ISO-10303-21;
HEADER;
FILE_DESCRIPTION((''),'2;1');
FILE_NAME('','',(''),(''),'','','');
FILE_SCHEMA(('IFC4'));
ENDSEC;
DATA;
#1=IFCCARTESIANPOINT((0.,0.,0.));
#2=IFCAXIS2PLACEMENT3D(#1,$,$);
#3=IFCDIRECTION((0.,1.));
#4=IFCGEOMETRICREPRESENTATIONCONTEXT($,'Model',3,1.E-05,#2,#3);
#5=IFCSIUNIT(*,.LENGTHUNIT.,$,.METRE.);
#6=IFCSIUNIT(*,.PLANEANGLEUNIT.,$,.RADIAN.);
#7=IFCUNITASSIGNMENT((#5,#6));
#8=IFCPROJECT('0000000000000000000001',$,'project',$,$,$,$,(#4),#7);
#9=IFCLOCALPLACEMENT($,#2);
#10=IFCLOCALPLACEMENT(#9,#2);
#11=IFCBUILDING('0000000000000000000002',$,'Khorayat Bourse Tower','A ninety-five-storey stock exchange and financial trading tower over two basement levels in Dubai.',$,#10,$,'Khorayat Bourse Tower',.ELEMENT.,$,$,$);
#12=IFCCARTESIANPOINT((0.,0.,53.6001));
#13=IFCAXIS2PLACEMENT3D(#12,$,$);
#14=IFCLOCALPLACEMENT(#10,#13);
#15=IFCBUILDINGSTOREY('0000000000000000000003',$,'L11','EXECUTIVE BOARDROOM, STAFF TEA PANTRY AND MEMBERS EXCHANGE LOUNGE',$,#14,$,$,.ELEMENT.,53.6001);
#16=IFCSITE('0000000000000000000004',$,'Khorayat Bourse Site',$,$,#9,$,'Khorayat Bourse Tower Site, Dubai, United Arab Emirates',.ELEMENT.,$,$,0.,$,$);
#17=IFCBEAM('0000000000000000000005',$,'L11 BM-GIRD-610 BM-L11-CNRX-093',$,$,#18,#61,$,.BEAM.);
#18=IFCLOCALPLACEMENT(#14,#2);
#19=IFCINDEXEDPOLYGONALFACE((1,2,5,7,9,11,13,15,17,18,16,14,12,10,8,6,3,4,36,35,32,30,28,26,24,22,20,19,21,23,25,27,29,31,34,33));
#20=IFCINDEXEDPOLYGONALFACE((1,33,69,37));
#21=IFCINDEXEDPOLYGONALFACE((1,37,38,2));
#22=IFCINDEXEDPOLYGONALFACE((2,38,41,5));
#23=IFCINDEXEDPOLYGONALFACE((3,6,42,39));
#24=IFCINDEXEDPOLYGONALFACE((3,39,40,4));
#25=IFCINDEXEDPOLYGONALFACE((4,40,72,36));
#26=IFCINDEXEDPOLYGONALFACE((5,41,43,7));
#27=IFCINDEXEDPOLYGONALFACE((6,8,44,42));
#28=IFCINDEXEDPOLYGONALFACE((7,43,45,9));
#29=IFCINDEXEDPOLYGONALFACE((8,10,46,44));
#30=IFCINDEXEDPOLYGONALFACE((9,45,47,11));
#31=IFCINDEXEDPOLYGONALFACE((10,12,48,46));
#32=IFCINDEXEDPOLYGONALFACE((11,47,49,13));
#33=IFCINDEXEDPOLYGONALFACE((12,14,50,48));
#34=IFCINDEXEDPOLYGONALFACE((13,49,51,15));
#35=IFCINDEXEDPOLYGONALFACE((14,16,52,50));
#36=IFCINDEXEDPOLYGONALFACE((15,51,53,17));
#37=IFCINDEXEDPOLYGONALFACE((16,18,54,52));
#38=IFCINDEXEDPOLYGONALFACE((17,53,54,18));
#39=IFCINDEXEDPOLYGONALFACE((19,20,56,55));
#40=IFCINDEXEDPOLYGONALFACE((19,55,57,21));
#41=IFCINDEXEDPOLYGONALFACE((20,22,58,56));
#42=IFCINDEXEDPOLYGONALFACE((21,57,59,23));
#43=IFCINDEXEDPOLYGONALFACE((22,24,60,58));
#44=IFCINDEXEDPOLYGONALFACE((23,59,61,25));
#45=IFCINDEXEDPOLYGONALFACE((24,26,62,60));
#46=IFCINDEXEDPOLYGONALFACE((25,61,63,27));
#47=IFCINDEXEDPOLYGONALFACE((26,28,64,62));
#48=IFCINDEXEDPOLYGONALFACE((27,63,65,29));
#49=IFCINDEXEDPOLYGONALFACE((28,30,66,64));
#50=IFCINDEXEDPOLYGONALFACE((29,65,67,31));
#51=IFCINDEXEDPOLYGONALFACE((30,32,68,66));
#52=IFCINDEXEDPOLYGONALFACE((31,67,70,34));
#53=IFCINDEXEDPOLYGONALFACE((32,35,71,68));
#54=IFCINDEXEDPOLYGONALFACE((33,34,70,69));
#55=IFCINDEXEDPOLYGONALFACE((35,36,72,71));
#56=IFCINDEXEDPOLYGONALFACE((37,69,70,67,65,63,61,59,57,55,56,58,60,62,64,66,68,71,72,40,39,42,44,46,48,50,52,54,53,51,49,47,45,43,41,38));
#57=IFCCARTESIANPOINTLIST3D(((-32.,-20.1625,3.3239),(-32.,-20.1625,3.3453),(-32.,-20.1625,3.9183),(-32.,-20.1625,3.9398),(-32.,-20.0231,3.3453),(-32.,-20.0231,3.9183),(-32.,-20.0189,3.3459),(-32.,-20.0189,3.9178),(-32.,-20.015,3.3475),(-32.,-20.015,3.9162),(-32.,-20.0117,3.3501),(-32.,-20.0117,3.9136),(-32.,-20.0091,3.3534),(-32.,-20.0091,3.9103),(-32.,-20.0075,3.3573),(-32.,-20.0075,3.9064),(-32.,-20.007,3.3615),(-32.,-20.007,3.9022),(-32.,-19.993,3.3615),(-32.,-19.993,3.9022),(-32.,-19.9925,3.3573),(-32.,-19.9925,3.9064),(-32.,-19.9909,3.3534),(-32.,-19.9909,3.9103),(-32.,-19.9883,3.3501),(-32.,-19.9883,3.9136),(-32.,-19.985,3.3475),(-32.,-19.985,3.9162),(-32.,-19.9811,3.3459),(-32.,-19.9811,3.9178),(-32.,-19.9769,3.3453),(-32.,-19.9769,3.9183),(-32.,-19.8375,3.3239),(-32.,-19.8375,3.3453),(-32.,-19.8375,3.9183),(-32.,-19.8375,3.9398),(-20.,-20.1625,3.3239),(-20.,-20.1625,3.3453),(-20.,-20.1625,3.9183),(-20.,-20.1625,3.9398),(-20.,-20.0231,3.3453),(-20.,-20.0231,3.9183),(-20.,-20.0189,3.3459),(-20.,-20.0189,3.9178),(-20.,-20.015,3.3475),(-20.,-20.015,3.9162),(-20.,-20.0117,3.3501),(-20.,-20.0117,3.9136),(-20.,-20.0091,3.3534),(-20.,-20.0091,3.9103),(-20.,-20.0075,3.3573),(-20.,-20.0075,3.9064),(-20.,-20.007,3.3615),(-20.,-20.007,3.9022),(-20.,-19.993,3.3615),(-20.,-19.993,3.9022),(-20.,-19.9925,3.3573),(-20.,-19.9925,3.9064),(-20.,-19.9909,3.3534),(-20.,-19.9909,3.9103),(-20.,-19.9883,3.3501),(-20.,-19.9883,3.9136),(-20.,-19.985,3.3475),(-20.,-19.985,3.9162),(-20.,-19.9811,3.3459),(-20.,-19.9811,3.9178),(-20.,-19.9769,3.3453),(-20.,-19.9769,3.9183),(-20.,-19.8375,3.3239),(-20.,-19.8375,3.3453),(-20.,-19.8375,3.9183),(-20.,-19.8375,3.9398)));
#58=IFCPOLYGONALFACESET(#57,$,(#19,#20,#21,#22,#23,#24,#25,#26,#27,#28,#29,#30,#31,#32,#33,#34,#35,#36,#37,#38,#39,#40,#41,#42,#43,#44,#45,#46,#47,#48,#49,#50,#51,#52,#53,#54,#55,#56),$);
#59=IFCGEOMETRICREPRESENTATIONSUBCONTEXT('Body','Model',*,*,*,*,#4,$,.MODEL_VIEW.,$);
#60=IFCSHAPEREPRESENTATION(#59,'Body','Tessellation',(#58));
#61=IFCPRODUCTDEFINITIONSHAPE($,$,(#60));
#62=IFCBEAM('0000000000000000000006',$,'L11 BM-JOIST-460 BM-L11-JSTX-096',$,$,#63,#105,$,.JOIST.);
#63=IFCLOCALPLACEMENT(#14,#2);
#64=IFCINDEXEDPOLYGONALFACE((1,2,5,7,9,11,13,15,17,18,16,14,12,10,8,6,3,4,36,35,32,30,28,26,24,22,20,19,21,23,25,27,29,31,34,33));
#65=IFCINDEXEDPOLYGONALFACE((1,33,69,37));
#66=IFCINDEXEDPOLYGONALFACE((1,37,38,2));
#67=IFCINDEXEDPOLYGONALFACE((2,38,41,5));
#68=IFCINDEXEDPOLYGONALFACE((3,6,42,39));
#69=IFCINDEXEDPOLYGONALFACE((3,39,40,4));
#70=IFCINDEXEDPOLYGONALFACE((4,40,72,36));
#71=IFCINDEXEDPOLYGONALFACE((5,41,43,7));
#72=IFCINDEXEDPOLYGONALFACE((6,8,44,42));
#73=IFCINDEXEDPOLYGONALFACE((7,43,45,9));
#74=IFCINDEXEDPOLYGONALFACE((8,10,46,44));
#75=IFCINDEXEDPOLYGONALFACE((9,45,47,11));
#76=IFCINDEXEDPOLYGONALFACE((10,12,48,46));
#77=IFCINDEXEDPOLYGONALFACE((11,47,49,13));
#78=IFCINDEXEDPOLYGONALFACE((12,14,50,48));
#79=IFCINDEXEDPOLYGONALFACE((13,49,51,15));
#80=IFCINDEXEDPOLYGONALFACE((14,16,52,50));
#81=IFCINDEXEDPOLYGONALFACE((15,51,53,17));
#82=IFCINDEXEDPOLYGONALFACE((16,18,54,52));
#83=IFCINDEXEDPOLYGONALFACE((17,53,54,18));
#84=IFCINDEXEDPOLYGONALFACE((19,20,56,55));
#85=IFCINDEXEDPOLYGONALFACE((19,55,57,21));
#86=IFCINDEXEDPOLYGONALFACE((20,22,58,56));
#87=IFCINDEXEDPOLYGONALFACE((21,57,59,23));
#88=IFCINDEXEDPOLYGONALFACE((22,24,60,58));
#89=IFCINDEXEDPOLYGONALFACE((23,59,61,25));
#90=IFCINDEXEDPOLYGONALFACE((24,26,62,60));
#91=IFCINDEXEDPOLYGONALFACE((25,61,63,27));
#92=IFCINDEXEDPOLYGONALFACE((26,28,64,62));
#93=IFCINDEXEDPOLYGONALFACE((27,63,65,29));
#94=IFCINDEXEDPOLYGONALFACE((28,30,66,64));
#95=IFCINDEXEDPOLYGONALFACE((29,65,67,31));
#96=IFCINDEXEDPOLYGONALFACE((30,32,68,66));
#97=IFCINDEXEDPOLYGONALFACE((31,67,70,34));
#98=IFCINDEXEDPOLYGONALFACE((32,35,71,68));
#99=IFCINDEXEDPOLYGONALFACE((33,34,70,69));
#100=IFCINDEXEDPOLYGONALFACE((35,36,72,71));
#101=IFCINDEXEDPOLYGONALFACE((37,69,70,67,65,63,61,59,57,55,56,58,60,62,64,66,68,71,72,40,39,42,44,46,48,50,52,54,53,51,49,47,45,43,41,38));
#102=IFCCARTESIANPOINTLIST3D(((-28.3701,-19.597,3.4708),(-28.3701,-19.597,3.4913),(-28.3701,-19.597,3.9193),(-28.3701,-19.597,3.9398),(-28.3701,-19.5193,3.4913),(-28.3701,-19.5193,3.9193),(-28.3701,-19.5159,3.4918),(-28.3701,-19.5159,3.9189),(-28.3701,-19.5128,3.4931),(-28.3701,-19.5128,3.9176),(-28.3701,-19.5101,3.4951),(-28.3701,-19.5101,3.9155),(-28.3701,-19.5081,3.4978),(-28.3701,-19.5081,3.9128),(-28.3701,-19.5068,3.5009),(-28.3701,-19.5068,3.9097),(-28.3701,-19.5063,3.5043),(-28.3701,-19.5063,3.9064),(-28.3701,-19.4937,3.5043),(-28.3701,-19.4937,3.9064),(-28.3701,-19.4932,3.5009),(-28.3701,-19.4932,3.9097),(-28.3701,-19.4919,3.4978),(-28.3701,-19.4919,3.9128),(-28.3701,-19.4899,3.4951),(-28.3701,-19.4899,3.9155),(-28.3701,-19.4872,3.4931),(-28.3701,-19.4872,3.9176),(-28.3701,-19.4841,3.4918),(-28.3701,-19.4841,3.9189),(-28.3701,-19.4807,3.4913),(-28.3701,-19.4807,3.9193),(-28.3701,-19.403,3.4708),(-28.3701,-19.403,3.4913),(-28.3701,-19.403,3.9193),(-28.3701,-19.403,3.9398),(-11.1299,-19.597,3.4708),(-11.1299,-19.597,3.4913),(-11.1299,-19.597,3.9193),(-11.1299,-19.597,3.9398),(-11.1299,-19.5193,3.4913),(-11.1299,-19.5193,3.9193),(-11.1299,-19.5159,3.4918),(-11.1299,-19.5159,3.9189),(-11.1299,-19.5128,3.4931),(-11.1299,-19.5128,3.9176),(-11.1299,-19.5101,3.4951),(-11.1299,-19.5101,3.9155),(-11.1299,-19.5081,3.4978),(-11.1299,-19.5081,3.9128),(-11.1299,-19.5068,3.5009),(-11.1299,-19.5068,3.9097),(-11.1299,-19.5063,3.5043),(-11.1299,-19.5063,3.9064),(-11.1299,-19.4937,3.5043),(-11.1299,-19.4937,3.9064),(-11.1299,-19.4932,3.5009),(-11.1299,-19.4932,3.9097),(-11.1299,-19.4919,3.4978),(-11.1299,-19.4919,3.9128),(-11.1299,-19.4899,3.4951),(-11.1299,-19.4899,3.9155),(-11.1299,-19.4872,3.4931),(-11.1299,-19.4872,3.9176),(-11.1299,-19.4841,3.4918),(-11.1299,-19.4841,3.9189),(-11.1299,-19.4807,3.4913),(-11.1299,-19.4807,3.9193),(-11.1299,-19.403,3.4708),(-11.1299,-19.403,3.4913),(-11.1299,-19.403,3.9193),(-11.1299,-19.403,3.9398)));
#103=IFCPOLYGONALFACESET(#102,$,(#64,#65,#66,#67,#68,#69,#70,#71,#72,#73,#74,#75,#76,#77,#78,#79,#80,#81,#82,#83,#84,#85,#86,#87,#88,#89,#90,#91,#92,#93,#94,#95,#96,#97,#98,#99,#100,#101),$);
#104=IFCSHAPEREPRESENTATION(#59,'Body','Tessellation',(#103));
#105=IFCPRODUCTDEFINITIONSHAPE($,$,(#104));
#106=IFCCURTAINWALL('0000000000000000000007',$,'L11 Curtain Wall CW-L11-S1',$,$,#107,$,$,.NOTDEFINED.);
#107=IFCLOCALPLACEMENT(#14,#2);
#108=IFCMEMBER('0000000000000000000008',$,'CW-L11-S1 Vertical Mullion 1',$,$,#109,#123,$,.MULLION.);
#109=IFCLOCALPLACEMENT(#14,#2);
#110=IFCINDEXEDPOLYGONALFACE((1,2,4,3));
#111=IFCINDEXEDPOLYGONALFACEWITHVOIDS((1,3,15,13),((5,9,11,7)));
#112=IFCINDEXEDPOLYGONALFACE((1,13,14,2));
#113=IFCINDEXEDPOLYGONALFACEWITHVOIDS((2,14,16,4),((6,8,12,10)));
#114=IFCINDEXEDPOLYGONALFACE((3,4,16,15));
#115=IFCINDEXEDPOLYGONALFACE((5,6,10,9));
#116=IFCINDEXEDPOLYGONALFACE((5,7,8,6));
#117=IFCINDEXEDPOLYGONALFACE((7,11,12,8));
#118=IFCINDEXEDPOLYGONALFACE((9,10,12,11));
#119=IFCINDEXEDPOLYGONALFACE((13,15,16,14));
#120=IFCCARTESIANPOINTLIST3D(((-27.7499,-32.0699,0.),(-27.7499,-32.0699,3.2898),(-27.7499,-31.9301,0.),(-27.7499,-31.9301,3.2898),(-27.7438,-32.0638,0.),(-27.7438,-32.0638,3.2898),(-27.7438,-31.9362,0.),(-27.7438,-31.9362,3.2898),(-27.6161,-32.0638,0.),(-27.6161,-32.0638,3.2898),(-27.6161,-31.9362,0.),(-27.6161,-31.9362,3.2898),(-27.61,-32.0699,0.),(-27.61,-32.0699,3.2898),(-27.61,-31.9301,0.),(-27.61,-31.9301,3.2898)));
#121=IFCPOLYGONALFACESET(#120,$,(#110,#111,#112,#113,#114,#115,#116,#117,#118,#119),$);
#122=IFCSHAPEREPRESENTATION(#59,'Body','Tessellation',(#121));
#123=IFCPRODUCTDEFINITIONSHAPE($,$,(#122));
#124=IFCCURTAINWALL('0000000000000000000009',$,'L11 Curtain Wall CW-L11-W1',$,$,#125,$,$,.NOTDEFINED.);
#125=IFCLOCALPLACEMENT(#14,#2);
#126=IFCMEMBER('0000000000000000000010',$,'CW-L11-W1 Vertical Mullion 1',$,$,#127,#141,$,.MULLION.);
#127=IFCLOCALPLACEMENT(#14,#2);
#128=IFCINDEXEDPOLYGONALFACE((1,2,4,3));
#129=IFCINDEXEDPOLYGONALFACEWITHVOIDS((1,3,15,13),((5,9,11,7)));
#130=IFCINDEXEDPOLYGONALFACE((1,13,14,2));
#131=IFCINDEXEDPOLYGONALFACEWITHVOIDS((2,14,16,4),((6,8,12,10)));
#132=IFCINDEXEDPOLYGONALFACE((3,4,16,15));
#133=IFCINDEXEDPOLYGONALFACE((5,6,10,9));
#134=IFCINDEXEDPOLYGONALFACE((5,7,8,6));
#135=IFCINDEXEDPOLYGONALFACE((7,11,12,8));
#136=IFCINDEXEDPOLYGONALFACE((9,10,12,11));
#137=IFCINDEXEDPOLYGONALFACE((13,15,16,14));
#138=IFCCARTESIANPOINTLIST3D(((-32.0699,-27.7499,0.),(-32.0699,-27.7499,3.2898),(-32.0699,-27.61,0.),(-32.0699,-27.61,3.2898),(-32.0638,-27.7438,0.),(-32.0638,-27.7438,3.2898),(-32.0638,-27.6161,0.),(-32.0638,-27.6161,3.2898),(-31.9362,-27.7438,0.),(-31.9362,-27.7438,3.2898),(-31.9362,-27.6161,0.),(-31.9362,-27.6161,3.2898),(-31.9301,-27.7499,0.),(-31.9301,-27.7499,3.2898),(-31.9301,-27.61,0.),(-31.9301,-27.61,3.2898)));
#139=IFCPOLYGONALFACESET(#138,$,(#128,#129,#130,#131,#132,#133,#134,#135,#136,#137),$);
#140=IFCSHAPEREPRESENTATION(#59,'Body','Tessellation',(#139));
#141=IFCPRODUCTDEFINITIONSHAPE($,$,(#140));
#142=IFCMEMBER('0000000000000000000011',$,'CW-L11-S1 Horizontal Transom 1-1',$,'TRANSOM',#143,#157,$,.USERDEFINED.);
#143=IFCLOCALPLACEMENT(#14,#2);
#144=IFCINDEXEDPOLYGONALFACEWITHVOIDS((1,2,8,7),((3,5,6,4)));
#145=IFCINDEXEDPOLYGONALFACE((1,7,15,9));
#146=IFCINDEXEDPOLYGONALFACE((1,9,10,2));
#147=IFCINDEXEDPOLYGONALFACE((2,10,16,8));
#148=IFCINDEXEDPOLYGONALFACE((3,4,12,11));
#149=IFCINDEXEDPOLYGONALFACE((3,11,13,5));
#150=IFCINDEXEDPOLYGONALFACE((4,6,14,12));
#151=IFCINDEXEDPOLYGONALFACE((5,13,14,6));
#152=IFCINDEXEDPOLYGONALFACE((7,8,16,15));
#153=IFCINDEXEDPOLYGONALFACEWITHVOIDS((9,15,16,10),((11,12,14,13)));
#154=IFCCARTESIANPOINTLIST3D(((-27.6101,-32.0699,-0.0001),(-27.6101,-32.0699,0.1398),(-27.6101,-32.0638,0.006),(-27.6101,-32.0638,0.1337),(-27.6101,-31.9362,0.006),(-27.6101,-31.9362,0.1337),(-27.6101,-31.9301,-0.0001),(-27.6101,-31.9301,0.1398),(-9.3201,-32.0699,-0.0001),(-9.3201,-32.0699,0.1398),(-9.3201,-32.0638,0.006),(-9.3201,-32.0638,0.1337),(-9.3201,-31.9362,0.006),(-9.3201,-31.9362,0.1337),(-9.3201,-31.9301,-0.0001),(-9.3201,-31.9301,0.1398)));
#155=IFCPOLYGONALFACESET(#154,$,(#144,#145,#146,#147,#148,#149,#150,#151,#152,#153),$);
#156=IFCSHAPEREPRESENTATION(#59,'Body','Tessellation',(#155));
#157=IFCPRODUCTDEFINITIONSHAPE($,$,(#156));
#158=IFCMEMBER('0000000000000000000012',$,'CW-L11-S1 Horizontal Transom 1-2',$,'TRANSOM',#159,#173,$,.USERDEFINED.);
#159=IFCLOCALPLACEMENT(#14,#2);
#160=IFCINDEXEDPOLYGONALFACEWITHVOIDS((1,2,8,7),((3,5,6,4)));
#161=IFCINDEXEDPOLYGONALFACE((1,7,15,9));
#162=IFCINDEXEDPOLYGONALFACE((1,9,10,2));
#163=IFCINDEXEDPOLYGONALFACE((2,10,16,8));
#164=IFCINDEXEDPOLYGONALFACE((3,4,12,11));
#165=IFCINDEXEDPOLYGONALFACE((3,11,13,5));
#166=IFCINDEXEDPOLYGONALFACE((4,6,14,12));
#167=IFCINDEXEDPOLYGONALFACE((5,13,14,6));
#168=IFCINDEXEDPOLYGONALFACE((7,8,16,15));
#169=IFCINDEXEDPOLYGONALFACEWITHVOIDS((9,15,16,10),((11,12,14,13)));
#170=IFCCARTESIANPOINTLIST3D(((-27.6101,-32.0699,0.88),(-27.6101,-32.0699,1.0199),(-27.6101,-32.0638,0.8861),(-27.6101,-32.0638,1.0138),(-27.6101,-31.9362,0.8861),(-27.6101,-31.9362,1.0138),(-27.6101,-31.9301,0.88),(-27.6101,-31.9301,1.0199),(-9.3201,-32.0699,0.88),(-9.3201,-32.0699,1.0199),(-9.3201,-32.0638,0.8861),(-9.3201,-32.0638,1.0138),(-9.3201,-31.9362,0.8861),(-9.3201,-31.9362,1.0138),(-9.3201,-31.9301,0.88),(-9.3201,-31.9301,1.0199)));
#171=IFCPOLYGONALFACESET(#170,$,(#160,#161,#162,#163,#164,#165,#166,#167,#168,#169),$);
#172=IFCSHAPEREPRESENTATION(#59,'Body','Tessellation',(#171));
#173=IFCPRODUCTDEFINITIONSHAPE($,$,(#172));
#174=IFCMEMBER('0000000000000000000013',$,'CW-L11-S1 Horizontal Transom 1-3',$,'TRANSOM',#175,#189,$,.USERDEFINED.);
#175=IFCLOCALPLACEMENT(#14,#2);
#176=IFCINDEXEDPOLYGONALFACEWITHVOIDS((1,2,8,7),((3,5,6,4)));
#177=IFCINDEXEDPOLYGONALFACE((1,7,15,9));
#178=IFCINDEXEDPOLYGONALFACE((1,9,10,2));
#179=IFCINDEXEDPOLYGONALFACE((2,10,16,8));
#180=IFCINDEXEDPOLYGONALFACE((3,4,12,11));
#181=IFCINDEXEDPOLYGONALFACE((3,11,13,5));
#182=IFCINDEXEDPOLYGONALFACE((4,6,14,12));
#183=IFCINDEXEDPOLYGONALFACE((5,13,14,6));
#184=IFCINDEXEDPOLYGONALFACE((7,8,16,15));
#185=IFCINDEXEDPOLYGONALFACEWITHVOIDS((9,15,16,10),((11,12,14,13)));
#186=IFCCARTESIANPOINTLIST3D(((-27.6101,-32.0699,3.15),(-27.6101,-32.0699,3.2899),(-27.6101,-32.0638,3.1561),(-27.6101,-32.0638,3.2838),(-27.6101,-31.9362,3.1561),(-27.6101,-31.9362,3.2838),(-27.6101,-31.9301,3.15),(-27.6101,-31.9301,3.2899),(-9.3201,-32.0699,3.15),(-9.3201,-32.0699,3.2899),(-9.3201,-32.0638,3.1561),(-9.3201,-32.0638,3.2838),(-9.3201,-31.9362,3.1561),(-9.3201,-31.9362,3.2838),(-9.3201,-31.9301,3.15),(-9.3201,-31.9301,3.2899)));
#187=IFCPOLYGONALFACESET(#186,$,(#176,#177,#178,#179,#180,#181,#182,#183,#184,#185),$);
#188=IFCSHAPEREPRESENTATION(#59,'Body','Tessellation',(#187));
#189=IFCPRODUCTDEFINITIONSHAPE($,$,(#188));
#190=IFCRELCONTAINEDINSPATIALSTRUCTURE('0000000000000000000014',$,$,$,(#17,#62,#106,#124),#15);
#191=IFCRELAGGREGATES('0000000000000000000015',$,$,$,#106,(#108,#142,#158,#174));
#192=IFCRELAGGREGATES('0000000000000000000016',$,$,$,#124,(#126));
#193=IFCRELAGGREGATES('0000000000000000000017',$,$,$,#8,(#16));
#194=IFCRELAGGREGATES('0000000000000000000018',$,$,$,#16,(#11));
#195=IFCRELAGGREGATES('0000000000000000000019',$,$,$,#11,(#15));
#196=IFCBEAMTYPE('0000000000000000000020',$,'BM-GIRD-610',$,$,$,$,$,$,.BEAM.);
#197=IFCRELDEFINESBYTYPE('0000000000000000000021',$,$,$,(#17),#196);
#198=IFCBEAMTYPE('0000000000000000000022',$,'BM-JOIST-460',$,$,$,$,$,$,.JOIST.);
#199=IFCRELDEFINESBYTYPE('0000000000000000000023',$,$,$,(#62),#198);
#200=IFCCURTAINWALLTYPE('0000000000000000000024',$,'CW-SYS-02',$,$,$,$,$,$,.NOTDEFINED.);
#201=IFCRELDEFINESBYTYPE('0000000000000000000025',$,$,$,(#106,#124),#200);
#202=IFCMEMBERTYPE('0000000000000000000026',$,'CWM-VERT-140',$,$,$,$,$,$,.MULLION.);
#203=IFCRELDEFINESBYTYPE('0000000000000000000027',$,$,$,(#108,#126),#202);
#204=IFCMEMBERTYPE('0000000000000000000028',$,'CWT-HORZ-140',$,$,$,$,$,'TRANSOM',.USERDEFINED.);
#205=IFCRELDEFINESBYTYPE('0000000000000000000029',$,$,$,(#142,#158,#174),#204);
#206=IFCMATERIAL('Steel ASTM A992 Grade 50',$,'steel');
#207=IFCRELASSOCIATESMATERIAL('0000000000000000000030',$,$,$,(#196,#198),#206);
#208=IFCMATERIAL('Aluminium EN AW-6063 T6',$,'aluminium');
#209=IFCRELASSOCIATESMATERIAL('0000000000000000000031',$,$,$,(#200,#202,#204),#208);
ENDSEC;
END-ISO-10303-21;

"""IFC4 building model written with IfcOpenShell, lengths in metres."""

from ifc_helpers import new_model, si_unit, direction, frame, origin, origin_2d, place, context, subcontext, project, spatial, hollow_rectangle, i_section, extrude, source, transform, mapped, material, material_profile, profile_set, type_object, element, aggregate, save


model = new_model("IFC4")

# Units and contexts
model_context = context("Model", 3, precision=1e-05, world=origin(), true_north=direction((0.0, 1.0)))
body_context = subcontext(model_context, "Body", "Model", "MODEL_VIEW")
ifc_project = project(units=[si_unit("LENGTHUNIT", "METRE"), si_unit("PLANEANGLEUNIT", "RADIAN")], contexts=[model_context])

# Site, building, storey
site_placement = place(None, origin())
site = spatial("IfcSite", under=ifc_project, at=site_placement, Name="Khorayat Bourse Site", LongName="Khorayat Bourse Tower Site, Dubai, United Arab Emirates", CompositionType="ELEMENT", RefElevation=0.0)
building_placement = place(site_placement, origin())
building = spatial("IfcBuilding", under=site, at=building_placement, Name="Khorayat Bourse Tower", Description="A ninety-five-storey stock exchange and financial trading tower over two basement levels in Dubai.", LongName="Khorayat Bourse Tower", CompositionType="ELEMENT")
storey_placement = place(building_placement, frame((0.0, 0.0, 53.6001)))
storey = spatial("IfcBuildingStorey", under=building, at=storey_placement, Name="L11", Description="EXECUTIVE BOARDROOM, STAFF TEA PANTRY AND MEMBERS EXCHANGE LOUNGE", CompositionType="ELEMENT", Elevation=53.6001)

# Beams
ifc_material_1 = material(Name="Steel ASTM A992 Grade 50", Category="steel")
ifc_material_profile_1 = material_profile(ifc_material_1, i_section(OverallWidth=0.325, OverallDepth=0.616, WebThickness=0.0139, FlangeThickness=0.0215, FilletRadius=0.0161, at=origin_2d()), Name="W610X174")
ifc_profile_set_1 = profile_set([ifc_material_profile_1], Name="Steel ASTM A992 Grade 50")
beam_type_1 = type_object("IfcBeamType", Name="BM-GIRD-610", PredefinedType="BEAM", material=ifc_profile_set_1)
shared_shape_1 = source(origin(), body_context, "Body", "SweptSolid", [
    extrude(i_section(OverallWidth=0.325, OverallDepth=0.616, WebThickness=0.0139, FlangeThickness=0.0215, FilletRadius=0.0161, at=origin_2d()), origin(), (0.0, 0.0, 1.0), 12.0),
])
beam_1_placement = place(storey_placement, frame((-32.0, -20.0, 3.6318), z_axis=(1.0, 0.0, 0.0), x_axis=(0.0, 1.0, 0.0)))
element("IfcBeam", 1, at=beam_1_placement, inside=storey, type_object=beam_type_1, Name="L11 BM-GIRD-610 BM-L11-CNRX-093", PredefinedType="BEAM", context=body_context, shape_type="MappedRepresentation", body=[
    mapped(shared_shape_1, transform((0.0, 0.0, 0.0), scale=1.0)),
])
ifc_material_profile_2 = material_profile(ifc_material_1, i_section(OverallWidth=0.1941, OverallDepth=0.469, WebThickness=0.0127, FlangeThickness=0.0205, FilletRadius=0.0129, at=origin_2d()), Name="W460X106")
ifc_profile_set_2 = profile_set([ifc_material_profile_2], Name="Steel ASTM A992 Grade 50")
beam_type_2 = type_object("IfcBeamType", Name="BM-JOIST-460", PredefinedType="JOIST", material=ifc_profile_set_2)
shared_shape_2 = source(origin(), body_context, "Body", "SweptSolid", [
    extrude(i_section(OverallWidth=0.1941, OverallDepth=0.469, WebThickness=0.0127, FlangeThickness=0.0205, FilletRadius=0.0129, at=origin_2d()), origin(), (0.0, 0.0, 1.0), 17.2402),
])
beam_2_placement = place(storey_placement, frame((-28.3701, -19.5, 3.7053), z_axis=(1.0, 0.0, 0.0), x_axis=(0.0, 1.0, 0.0)))
element("IfcBeam", 2, at=beam_2_placement, inside=storey, type_object=beam_type_2, Name="L11 BM-JOIST-460 BM-L11-JSTX-096", PredefinedType="JOIST", context=body_context, shape_type="MappedRepresentation", body=[
    mapped(shared_shape_2, transform((0.0, 0.0, 0.0), scale=1.0)),
])

# Curtain walls, members
ifc_material_2 = material(Name="Aluminium EN AW-6063 T6", Category="aluminium")
curtain_wall_type = type_object("IfcCurtainWallType", Name="CW-SYS-02", PredefinedType="NOTDEFINED", material=ifc_material_2)
curtain_wall_1_placement = place(storey_placement, origin())
curtain_wall_1 = element("IfcCurtainWall", 3, at=curtain_wall_1_placement, inside=storey, type_object=curtain_wall_type, Name="L11 Curtain Wall CW-L11-S1", PredefinedType="NOTDEFINED")
ifc_material_profile_3 = material_profile(ifc_material_2, hollow_rectangle(XDim=0.1399, YDim=0.1399, WallThickness=0.0061, at=origin_2d()), Name="ALU 140x140x6")
ifc_profile_set_3 = profile_set([ifc_material_profile_3], Name="Aluminium EN AW-6063 T6")
member_type_1 = type_object("IfcMemberType", Name="CWM-VERT-140", PredefinedType="MULLION", material=ifc_profile_set_3)
shared_shape_3 = source(origin(), body_context, "Body", "SweptSolid", [
    extrude(hollow_rectangle(XDim=0.1399, YDim=0.1399, WallThickness=0.0061, at=origin_2d()), origin(), (0.0, 0.0, 1.0), 3.2898),
])
member_1_placement = place(storey_placement, frame((-27.6799, -32.0, 0.0), z_axis=(0.0, 0.0, 1.0), x_axis=(0.0, 1.0, 0.0)))
member_1 = element("IfcMember", 4, at=member_1_placement, type_object=member_type_1, Name="CW-L11-S1 Vertical Mullion 1", PredefinedType="MULLION", context=body_context, shape_type="MappedRepresentation", body=[
    mapped(shared_shape_3, transform((0.0, 0.0, 0.0), scale=1.0)),
])
curtain_wall_2_placement = place(storey_placement, origin())
curtain_wall_2 = element("IfcCurtainWall", 5, at=curtain_wall_2_placement, inside=storey, type_object=curtain_wall_type, Name="L11 Curtain Wall CW-L11-W1", PredefinedType="NOTDEFINED")
member_2_placement = place(storey_placement, frame((-32.0, -27.6799, 0.0), z_axis=(0.0, 0.0, 1.0), x_axis=(-1.0, 0.0, 0.0)))
member_2 = element("IfcMember", 6, at=member_2_placement, type_object=member_type_1, Name="CW-L11-W1 Vertical Mullion 1", PredefinedType="MULLION", context=body_context, shape_type="MappedRepresentation", body=[
    mapped(shared_shape_3, transform((0.0, 0.0, 0.0), scale=1.0)),
])

# Members
ifc_material_profile_4 = material_profile(ifc_material_2, hollow_rectangle(XDim=0.1399, YDim=0.1399, WallThickness=0.0061, at=origin_2d()), Name="ALU 140x140x6")
ifc_profile_set_4 = profile_set([ifc_material_profile_4], Name="Aluminium EN AW-6063 T6")
member_type_2 = type_object("IfcMemberType", Name="CWT-HORZ-140", ElementType="TRANSOM", PredefinedType="USERDEFINED", material=ifc_profile_set_4)
shared_shape_4 = source(origin(), body_context, "Body", "SweptSolid", [
    extrude(hollow_rectangle(XDim=0.1399, YDim=0.1399, WallThickness=0.0061, at=origin_2d()), origin(), (0.0, 0.0, 1.0), 18.29),
])
member_3_placement = place(storey_placement, frame((-27.6101, -32.0, 0.0698), z_axis=(1.0, 0.0, 0.0), x_axis=(0.0, 1.0, 0.0)))
member_3 = element("IfcMember", 7, at=member_3_placement, type_object=member_type_2, Name="CW-L11-S1 Horizontal Transom 1-1", ObjectType="TRANSOM", PredefinedType="USERDEFINED", context=body_context, shape_type="MappedRepresentation", body=[
    mapped(shared_shape_4, transform((0.0, 0.0, 0.0), scale=1.0)),
])
member_4_placement = place(storey_placement, frame((-27.6101, -32.0, 0.95), z_axis=(1.0, 0.0, 0.0), x_axis=(0.0, 1.0, 0.0)))
member_4 = element("IfcMember", 8, at=member_4_placement, type_object=member_type_2, Name="CW-L11-S1 Horizontal Transom 1-2", ObjectType="TRANSOM", PredefinedType="USERDEFINED", context=body_context, shape_type="MappedRepresentation", body=[
    mapped(shared_shape_4, transform((0.0, 0.0, 0.0), scale=1.0)),
])
member_5_placement = place(storey_placement, frame((-27.6101, -32.0, 3.22), z_axis=(1.0, 0.0, 0.0), x_axis=(0.0, 1.0, 0.0)))
member_5 = element("IfcMember", 9, at=member_5_placement, type_object=member_type_2, Name="CW-L11-S1 Horizontal Transom 1-3", ObjectType="TRANSOM", PredefinedType="USERDEFINED", context=body_context, shape_type="MappedRepresentation", body=[
    mapped(shared_shape_4, transform((0.0, 0.0, 0.0), scale=1.0)),
])
aggregate(curtain_wall_1, [member_1, member_3, member_4, member_5])
aggregate(curtain_wall_2, [member_2])

save(model, "model.ifc")
